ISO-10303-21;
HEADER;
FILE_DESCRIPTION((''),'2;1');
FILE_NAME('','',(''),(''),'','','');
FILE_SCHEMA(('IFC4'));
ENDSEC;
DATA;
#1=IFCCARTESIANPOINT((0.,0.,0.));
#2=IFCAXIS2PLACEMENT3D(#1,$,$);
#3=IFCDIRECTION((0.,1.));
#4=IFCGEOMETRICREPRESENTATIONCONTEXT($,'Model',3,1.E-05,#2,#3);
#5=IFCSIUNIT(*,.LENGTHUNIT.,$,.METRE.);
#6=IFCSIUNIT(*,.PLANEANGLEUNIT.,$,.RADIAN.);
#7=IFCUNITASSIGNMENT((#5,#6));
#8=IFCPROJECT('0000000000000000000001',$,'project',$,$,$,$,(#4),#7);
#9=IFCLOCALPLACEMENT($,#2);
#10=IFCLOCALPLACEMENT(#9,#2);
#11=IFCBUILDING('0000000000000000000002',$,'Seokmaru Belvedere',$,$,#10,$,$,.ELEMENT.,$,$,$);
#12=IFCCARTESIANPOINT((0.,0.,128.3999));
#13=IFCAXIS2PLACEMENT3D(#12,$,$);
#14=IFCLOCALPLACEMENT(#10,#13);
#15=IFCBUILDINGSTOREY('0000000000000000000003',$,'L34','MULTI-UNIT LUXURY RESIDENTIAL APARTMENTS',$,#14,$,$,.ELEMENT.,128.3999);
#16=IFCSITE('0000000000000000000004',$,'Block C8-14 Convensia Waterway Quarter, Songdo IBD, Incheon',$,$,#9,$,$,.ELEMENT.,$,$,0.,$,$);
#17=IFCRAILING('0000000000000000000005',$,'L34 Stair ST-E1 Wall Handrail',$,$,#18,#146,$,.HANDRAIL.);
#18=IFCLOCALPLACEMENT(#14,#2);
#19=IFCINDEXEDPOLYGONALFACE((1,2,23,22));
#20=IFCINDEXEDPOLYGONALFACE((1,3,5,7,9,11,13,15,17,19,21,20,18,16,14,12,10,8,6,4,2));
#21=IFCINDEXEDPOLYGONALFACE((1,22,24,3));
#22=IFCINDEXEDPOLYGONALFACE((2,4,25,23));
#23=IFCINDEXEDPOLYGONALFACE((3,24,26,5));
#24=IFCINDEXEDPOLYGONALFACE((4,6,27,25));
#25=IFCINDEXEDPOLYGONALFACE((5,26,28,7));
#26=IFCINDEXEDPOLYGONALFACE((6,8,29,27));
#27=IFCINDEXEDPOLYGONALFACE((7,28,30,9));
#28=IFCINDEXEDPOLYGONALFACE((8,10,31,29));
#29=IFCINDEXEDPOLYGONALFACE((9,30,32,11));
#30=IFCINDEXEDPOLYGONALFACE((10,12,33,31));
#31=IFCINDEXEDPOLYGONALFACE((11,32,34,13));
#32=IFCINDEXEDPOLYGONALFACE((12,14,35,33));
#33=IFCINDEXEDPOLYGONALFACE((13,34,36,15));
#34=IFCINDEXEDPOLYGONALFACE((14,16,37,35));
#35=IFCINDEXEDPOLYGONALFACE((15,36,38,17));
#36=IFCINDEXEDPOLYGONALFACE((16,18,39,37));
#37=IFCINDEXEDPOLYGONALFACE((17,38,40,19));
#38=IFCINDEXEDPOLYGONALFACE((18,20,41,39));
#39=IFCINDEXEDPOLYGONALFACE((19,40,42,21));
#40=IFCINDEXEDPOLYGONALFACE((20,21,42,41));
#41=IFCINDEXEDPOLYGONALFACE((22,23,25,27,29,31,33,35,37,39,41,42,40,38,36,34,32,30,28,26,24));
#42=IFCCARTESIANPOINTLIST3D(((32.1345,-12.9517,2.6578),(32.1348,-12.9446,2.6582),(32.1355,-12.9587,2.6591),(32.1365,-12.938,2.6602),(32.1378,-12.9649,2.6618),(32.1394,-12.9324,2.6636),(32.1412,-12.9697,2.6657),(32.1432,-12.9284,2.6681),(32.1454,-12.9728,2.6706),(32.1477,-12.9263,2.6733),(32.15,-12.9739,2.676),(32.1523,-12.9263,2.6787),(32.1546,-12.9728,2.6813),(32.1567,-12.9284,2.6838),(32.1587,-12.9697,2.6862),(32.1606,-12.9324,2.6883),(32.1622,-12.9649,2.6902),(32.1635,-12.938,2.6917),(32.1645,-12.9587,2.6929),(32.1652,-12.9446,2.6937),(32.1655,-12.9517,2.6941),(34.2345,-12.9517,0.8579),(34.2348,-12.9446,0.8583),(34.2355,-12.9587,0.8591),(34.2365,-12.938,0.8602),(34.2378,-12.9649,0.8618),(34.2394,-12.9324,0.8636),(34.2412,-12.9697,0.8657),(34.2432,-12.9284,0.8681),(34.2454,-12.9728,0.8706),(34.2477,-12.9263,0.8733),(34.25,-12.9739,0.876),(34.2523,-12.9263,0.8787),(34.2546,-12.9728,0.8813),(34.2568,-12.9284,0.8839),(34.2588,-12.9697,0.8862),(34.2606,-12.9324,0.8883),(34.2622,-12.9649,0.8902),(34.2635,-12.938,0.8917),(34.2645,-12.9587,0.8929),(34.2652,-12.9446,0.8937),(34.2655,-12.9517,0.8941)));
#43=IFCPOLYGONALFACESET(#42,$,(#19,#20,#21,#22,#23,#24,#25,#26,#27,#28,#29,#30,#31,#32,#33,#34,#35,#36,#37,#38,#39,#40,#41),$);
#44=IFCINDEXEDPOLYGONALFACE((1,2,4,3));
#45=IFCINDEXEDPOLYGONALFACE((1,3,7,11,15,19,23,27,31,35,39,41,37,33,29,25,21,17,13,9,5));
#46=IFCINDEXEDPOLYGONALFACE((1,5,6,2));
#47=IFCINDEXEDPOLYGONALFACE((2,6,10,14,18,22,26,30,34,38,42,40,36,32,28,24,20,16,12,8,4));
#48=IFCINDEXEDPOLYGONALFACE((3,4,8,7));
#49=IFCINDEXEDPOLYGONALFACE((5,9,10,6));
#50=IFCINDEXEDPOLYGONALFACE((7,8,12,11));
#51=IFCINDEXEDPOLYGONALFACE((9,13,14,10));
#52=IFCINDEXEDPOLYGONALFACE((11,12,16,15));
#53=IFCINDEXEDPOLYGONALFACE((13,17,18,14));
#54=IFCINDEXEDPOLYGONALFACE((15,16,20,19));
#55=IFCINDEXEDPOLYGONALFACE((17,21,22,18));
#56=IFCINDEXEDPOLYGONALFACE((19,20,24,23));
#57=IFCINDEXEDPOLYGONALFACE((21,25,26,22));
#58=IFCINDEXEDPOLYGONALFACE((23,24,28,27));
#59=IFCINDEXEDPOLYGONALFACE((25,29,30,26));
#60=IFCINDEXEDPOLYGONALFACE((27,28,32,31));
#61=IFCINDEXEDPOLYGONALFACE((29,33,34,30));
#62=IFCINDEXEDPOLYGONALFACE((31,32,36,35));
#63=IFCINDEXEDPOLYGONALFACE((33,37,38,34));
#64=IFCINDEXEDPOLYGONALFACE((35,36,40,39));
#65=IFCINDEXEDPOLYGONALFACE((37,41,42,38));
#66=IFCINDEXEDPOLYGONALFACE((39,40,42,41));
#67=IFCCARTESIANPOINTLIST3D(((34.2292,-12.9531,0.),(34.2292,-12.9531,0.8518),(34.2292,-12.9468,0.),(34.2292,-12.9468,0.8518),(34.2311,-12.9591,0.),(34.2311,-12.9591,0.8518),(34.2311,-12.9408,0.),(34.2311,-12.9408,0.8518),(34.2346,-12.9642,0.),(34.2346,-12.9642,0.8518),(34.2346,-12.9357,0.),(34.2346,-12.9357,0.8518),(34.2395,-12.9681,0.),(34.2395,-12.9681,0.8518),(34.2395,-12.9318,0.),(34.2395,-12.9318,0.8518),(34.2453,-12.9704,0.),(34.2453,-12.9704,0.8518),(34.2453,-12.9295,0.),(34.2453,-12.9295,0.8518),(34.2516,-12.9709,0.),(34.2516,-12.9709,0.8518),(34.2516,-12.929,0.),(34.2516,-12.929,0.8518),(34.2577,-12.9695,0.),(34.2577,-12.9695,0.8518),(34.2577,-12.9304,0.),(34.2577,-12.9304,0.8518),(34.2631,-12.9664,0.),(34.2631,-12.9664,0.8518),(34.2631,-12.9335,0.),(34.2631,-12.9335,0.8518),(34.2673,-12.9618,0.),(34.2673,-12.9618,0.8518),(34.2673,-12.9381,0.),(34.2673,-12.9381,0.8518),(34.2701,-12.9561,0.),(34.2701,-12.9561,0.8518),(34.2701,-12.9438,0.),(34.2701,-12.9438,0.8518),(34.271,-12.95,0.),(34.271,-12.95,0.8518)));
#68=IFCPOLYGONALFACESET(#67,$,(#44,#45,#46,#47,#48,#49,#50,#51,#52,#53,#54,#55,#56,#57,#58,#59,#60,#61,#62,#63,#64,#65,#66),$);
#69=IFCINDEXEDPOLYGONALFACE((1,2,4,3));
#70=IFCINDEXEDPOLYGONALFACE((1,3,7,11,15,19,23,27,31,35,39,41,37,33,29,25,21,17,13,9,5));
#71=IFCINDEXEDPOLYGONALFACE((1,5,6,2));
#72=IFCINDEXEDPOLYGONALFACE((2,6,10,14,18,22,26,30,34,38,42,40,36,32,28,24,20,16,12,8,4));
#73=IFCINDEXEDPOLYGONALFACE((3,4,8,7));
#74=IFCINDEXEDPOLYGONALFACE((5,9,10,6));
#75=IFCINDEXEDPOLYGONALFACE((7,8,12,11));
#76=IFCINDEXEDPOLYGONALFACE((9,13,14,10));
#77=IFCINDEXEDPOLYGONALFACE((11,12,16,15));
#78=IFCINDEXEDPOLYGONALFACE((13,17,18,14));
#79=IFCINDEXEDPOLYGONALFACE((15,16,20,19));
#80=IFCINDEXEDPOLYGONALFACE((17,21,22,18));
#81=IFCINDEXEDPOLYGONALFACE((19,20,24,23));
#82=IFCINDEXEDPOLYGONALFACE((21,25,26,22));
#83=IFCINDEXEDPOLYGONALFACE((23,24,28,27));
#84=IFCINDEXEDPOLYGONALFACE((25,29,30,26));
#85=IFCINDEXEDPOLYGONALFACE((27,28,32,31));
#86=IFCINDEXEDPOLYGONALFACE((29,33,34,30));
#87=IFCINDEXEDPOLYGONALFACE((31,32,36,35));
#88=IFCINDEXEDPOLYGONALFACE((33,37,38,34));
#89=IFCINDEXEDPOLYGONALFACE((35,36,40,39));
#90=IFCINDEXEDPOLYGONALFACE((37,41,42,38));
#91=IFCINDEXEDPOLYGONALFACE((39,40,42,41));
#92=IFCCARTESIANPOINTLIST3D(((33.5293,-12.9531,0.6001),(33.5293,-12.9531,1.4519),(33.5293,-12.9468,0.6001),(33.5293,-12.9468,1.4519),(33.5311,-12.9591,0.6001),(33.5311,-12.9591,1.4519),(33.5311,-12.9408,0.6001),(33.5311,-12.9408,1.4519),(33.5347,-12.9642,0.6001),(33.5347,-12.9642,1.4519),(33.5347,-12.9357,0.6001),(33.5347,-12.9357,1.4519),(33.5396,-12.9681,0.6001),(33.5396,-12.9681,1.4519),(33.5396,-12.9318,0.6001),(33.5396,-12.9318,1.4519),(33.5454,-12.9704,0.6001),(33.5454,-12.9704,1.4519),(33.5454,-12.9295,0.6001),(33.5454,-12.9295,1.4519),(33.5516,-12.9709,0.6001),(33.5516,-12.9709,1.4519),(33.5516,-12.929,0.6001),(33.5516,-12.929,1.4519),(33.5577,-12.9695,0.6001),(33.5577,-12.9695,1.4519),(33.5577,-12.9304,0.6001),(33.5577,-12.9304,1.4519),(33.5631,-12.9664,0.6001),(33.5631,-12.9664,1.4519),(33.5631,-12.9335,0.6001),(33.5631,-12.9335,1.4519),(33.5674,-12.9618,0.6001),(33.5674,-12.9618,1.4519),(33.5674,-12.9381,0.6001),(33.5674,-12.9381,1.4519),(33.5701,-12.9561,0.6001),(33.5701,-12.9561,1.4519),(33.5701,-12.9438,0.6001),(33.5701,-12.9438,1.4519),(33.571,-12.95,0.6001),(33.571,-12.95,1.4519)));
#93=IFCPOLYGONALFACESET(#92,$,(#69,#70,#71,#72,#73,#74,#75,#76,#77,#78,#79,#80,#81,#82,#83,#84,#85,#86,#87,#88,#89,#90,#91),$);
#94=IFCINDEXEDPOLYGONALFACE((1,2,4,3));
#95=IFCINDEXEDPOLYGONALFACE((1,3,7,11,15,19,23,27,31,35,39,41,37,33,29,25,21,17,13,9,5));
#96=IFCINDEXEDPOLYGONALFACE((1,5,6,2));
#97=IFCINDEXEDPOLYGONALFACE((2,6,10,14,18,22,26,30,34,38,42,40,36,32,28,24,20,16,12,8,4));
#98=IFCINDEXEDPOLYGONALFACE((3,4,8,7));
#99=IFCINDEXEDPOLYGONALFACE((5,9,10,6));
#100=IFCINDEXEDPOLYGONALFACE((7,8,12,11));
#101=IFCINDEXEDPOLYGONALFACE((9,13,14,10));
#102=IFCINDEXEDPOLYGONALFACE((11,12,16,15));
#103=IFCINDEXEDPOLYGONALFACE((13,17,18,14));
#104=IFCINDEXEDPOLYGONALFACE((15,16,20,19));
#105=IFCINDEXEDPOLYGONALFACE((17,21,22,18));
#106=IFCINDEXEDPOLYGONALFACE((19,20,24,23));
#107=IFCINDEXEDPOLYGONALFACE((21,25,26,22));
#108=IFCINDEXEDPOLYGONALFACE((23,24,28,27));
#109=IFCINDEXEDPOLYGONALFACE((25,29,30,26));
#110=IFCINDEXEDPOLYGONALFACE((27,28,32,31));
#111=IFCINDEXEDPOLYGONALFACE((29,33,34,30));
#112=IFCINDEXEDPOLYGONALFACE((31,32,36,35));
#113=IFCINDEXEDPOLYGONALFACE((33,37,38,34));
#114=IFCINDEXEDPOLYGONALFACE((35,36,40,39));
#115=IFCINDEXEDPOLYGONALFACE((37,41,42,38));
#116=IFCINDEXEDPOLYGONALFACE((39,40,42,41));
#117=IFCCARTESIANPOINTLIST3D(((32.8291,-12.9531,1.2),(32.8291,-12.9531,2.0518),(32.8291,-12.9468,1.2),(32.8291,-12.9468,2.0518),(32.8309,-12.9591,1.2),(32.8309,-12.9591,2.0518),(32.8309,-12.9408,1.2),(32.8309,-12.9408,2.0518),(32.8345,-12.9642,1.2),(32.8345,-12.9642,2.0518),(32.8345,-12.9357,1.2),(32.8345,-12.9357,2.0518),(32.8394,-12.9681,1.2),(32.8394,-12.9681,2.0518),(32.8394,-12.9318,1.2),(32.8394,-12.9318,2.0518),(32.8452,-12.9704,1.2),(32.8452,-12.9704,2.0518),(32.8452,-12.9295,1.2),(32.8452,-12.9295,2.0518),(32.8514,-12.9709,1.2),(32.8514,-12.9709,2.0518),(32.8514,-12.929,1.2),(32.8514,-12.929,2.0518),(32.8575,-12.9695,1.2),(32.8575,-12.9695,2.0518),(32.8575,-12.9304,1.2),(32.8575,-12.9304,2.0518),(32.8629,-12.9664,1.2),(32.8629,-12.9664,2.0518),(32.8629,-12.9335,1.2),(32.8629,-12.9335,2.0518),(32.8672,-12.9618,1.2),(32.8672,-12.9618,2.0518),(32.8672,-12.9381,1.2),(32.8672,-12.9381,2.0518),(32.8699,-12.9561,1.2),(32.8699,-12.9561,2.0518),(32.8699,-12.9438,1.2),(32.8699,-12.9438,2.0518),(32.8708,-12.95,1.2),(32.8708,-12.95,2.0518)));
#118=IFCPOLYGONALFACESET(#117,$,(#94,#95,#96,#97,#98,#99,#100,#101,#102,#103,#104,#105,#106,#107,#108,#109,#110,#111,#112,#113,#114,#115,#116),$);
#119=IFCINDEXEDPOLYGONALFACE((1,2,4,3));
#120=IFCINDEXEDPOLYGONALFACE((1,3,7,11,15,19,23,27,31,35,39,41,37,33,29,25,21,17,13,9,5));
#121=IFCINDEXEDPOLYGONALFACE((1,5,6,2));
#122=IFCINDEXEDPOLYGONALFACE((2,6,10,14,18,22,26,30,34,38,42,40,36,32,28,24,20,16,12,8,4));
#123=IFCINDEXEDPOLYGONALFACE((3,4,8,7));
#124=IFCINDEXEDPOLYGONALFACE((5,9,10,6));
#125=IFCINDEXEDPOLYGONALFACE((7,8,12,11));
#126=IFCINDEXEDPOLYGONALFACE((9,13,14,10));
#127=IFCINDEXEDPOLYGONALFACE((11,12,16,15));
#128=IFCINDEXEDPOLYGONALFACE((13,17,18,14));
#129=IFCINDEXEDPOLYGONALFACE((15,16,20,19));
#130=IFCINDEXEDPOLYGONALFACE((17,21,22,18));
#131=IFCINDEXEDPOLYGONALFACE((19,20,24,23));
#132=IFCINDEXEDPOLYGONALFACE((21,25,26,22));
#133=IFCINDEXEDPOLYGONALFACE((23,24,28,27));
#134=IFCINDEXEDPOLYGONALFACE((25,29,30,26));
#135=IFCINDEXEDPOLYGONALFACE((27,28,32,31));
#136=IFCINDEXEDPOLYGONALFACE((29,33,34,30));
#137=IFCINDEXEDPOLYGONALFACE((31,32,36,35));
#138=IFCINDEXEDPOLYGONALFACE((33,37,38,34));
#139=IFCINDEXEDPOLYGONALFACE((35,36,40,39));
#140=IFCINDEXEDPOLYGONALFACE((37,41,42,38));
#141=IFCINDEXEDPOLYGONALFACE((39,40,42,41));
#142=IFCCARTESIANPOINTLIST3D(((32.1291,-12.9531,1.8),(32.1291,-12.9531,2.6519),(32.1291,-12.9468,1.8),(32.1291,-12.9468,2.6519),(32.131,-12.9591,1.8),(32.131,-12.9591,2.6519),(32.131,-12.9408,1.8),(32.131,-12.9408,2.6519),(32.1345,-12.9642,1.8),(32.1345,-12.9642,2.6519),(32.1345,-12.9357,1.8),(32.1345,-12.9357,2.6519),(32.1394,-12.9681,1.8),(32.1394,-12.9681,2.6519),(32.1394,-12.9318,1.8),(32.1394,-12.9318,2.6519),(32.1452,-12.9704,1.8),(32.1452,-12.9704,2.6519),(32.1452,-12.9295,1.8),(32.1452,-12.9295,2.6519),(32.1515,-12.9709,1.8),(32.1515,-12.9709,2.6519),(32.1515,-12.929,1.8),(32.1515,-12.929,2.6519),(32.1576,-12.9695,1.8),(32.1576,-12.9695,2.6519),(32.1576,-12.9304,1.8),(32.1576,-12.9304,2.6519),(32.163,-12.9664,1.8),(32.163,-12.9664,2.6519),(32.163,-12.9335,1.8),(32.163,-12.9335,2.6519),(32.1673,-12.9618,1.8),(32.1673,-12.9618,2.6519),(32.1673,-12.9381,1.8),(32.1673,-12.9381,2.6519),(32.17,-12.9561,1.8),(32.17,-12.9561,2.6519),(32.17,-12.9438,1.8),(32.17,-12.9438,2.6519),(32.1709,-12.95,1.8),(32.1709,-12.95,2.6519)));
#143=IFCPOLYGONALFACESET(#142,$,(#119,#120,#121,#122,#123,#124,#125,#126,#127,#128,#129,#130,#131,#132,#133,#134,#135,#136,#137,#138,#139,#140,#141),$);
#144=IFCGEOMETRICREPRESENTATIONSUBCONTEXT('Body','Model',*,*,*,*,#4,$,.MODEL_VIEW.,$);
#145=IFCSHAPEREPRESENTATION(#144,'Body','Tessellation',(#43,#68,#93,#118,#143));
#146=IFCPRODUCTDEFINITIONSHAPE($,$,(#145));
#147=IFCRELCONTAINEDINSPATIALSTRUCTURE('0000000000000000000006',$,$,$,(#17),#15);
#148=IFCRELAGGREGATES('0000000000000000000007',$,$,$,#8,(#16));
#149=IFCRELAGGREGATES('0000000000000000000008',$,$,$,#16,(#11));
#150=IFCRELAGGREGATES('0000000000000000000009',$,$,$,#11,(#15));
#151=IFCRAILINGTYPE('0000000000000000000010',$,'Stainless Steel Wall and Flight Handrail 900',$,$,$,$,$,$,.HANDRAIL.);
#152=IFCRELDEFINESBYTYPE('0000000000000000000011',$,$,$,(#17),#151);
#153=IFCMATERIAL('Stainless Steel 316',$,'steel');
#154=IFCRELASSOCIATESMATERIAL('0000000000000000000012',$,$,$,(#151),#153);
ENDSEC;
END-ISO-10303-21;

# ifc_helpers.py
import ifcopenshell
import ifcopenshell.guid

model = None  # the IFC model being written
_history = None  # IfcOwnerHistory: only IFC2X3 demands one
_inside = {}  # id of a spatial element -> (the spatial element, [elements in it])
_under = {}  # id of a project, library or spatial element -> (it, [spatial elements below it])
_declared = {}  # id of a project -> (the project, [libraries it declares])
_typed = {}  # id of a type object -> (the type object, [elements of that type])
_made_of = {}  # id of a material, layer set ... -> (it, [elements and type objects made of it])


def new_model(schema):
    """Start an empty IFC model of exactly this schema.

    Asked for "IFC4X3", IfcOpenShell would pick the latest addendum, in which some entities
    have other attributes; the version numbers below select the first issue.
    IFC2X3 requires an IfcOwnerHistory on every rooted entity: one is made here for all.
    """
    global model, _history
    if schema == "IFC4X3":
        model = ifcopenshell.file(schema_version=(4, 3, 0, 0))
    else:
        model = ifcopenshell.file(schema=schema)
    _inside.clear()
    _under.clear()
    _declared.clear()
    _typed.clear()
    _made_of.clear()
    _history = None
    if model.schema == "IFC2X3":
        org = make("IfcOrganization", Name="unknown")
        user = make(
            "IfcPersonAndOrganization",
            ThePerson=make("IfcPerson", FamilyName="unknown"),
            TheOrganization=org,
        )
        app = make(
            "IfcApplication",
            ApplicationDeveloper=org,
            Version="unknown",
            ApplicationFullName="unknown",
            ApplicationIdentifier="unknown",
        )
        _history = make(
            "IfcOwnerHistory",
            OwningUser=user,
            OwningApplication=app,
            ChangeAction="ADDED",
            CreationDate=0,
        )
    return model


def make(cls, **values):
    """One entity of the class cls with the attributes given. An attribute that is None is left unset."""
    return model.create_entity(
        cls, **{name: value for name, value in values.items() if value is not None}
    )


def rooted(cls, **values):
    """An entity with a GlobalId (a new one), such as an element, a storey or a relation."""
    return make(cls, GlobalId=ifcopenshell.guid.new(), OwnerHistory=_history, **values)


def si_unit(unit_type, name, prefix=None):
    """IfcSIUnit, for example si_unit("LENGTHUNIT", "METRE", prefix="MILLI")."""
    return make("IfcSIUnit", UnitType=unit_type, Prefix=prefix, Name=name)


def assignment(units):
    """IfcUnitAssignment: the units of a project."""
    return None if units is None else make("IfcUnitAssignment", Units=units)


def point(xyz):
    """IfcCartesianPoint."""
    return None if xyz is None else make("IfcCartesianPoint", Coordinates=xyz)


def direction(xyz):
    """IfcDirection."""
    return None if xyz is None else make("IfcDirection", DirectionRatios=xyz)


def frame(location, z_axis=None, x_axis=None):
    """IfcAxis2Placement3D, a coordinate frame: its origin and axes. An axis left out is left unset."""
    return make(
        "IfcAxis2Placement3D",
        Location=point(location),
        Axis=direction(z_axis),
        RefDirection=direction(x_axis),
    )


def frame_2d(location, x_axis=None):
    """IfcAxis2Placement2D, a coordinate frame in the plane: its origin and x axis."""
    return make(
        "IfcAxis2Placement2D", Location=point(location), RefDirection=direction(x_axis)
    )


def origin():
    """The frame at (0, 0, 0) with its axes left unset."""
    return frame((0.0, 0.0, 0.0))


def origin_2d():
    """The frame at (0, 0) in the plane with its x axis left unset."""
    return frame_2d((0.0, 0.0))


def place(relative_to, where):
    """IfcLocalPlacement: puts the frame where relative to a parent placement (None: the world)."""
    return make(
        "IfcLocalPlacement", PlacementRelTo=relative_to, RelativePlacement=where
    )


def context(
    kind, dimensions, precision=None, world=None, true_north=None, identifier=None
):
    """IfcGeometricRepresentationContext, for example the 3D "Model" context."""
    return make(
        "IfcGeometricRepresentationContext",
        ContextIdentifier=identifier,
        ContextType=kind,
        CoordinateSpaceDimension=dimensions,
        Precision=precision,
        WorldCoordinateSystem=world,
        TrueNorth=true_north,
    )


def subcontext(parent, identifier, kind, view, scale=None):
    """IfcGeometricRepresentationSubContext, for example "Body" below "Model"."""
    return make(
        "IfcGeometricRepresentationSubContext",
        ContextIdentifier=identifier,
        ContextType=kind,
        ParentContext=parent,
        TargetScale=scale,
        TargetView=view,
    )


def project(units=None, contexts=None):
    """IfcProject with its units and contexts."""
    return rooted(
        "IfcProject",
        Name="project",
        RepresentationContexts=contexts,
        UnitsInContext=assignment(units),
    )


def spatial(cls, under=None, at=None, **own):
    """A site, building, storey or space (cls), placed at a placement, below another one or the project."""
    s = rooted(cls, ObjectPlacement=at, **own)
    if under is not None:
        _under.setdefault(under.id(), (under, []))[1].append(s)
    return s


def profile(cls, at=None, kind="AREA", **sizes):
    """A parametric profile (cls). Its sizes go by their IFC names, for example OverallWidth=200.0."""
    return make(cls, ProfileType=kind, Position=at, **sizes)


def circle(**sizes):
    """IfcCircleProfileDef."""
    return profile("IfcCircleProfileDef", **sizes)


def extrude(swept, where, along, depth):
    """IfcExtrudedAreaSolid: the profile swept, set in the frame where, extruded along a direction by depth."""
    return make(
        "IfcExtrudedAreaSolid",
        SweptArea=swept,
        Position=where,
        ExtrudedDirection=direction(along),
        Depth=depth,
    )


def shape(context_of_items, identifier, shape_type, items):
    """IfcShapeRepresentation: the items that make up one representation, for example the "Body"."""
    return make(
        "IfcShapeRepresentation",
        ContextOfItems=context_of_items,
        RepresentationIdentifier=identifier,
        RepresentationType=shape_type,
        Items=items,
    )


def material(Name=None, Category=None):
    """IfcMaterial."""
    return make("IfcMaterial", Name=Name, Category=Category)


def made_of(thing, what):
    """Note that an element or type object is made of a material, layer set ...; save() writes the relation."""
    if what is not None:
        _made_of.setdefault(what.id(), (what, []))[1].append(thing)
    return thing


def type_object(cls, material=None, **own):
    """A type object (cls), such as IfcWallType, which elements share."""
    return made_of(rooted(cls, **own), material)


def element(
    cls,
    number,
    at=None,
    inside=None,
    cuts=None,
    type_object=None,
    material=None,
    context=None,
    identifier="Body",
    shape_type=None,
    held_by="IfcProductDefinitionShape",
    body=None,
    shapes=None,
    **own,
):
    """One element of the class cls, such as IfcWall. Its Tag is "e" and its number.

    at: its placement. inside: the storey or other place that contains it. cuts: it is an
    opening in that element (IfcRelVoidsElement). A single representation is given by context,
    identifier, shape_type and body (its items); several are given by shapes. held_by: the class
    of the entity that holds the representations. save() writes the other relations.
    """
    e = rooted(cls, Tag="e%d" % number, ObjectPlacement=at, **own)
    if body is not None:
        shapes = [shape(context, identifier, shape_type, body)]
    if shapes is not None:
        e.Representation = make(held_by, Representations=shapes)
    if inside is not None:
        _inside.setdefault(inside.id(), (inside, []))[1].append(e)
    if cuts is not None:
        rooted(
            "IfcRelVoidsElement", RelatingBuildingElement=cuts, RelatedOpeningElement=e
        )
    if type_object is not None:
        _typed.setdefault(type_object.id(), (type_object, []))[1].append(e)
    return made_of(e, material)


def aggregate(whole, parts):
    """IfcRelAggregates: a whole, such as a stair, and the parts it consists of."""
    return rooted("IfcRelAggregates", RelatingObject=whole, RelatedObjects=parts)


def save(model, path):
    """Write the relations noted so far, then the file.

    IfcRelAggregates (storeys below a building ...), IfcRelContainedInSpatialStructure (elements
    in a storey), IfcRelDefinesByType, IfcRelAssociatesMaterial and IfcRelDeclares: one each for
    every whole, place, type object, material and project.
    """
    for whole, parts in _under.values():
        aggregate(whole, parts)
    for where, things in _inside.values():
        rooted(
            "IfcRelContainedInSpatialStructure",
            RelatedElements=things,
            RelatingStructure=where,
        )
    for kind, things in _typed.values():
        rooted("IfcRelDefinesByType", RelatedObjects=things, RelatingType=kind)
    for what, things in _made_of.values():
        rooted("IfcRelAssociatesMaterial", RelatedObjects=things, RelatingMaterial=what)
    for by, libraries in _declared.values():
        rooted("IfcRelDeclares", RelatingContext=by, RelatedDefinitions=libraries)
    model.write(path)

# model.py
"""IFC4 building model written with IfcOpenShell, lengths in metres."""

from ifc_helpers import new_model, si_unit, direction, frame, origin, origin_2d, place, context, subcontext, project, spatial, circle, extrude, material, type_object, element, save


model = new_model("IFC4")

# Units and contexts
model_context = context("Model", 3, precision=1e-05, world=origin(), true_north=direction((0.0, 1.0)))
body_context = subcontext(model_context, "Body", "Model", "MODEL_VIEW")
ifc_project = project(units=[si_unit("LENGTHUNIT", "METRE"), si_unit("PLANEANGLEUNIT", "RADIAN")], contexts=[model_context])

# Site, building, storey
site_placement = place(None, origin())
site = spatial("IfcSite", under=ifc_project, at=site_placement, Name="Block C8-14 Convensia Waterway Quarter, Songdo IBD, Incheon", CompositionType="ELEMENT", RefElevation=0.0)
building_placement = place(site_placement, origin())
building = spatial("IfcBuilding", under=site, at=building_placement, Name="Seokmaru Belvedere", CompositionType="ELEMENT")
storey_placement = place(building_placement, frame((0.0, 0.0, 128.3999)))
storey = spatial("IfcBuildingStorey", under=building, at=storey_placement, Name="L34", Description="MULTI-UNIT LUXURY RESIDENTIAL APARTMENTS", CompositionType="ELEMENT", Elevation=128.3999)

# Shared definitions
ifc_material_1 = material(Name="Stainless Steel 316", Category="steel")

# Railing
railing_type_1 = type_object("IfcRailingType", Name="Stainless Steel Wall and Flight Handrail 900", PredefinedType="HANDRAIL", material=ifc_material_1)
railing_1_placement = place(storey_placement, frame((34.25, -12.95, 0.0)))
element("IfcRailing", 1, at=railing_1_placement, inside=storey, type_object=railing_type_1, Name="L34 Stair ST-E1 Wall Handrail", PredefinedType="HANDRAIL", context=body_context, shape_type="SweptSolid", body=[
    extrude(circle(Radius=0.0239, at=origin_2d()), frame((0.0, 0.0, 0.876), z_axis=(-0.759263, 0.0, 0.650784), x_axis=(0.0, -1.0, 0.0)), (0.0, 0.0, 1.0), 2.7659),
    extrude(circle(Radius=0.021, at=origin_2d()), origin(), (0.0, 0.0, 1.0), 0.8518),
    extrude(circle(Radius=0.021, at=origin_2d()), frame((-0.7, 0.0, 0.6001)), (0.0, 0.0, 1.0), 0.8518),
    extrude(circle(Radius=0.021, at=origin_2d()), frame((-1.4001, 0.0, 1.2)), (0.0, 0.0, 1.0), 0.8518),
    extrude(circle(Radius=0.021, at=origin_2d()), frame((-2.1001, 0.0, 1.8)), (0.0, 0.0, 1.0), 0.8518),
])

save(model, "model.ifc")
